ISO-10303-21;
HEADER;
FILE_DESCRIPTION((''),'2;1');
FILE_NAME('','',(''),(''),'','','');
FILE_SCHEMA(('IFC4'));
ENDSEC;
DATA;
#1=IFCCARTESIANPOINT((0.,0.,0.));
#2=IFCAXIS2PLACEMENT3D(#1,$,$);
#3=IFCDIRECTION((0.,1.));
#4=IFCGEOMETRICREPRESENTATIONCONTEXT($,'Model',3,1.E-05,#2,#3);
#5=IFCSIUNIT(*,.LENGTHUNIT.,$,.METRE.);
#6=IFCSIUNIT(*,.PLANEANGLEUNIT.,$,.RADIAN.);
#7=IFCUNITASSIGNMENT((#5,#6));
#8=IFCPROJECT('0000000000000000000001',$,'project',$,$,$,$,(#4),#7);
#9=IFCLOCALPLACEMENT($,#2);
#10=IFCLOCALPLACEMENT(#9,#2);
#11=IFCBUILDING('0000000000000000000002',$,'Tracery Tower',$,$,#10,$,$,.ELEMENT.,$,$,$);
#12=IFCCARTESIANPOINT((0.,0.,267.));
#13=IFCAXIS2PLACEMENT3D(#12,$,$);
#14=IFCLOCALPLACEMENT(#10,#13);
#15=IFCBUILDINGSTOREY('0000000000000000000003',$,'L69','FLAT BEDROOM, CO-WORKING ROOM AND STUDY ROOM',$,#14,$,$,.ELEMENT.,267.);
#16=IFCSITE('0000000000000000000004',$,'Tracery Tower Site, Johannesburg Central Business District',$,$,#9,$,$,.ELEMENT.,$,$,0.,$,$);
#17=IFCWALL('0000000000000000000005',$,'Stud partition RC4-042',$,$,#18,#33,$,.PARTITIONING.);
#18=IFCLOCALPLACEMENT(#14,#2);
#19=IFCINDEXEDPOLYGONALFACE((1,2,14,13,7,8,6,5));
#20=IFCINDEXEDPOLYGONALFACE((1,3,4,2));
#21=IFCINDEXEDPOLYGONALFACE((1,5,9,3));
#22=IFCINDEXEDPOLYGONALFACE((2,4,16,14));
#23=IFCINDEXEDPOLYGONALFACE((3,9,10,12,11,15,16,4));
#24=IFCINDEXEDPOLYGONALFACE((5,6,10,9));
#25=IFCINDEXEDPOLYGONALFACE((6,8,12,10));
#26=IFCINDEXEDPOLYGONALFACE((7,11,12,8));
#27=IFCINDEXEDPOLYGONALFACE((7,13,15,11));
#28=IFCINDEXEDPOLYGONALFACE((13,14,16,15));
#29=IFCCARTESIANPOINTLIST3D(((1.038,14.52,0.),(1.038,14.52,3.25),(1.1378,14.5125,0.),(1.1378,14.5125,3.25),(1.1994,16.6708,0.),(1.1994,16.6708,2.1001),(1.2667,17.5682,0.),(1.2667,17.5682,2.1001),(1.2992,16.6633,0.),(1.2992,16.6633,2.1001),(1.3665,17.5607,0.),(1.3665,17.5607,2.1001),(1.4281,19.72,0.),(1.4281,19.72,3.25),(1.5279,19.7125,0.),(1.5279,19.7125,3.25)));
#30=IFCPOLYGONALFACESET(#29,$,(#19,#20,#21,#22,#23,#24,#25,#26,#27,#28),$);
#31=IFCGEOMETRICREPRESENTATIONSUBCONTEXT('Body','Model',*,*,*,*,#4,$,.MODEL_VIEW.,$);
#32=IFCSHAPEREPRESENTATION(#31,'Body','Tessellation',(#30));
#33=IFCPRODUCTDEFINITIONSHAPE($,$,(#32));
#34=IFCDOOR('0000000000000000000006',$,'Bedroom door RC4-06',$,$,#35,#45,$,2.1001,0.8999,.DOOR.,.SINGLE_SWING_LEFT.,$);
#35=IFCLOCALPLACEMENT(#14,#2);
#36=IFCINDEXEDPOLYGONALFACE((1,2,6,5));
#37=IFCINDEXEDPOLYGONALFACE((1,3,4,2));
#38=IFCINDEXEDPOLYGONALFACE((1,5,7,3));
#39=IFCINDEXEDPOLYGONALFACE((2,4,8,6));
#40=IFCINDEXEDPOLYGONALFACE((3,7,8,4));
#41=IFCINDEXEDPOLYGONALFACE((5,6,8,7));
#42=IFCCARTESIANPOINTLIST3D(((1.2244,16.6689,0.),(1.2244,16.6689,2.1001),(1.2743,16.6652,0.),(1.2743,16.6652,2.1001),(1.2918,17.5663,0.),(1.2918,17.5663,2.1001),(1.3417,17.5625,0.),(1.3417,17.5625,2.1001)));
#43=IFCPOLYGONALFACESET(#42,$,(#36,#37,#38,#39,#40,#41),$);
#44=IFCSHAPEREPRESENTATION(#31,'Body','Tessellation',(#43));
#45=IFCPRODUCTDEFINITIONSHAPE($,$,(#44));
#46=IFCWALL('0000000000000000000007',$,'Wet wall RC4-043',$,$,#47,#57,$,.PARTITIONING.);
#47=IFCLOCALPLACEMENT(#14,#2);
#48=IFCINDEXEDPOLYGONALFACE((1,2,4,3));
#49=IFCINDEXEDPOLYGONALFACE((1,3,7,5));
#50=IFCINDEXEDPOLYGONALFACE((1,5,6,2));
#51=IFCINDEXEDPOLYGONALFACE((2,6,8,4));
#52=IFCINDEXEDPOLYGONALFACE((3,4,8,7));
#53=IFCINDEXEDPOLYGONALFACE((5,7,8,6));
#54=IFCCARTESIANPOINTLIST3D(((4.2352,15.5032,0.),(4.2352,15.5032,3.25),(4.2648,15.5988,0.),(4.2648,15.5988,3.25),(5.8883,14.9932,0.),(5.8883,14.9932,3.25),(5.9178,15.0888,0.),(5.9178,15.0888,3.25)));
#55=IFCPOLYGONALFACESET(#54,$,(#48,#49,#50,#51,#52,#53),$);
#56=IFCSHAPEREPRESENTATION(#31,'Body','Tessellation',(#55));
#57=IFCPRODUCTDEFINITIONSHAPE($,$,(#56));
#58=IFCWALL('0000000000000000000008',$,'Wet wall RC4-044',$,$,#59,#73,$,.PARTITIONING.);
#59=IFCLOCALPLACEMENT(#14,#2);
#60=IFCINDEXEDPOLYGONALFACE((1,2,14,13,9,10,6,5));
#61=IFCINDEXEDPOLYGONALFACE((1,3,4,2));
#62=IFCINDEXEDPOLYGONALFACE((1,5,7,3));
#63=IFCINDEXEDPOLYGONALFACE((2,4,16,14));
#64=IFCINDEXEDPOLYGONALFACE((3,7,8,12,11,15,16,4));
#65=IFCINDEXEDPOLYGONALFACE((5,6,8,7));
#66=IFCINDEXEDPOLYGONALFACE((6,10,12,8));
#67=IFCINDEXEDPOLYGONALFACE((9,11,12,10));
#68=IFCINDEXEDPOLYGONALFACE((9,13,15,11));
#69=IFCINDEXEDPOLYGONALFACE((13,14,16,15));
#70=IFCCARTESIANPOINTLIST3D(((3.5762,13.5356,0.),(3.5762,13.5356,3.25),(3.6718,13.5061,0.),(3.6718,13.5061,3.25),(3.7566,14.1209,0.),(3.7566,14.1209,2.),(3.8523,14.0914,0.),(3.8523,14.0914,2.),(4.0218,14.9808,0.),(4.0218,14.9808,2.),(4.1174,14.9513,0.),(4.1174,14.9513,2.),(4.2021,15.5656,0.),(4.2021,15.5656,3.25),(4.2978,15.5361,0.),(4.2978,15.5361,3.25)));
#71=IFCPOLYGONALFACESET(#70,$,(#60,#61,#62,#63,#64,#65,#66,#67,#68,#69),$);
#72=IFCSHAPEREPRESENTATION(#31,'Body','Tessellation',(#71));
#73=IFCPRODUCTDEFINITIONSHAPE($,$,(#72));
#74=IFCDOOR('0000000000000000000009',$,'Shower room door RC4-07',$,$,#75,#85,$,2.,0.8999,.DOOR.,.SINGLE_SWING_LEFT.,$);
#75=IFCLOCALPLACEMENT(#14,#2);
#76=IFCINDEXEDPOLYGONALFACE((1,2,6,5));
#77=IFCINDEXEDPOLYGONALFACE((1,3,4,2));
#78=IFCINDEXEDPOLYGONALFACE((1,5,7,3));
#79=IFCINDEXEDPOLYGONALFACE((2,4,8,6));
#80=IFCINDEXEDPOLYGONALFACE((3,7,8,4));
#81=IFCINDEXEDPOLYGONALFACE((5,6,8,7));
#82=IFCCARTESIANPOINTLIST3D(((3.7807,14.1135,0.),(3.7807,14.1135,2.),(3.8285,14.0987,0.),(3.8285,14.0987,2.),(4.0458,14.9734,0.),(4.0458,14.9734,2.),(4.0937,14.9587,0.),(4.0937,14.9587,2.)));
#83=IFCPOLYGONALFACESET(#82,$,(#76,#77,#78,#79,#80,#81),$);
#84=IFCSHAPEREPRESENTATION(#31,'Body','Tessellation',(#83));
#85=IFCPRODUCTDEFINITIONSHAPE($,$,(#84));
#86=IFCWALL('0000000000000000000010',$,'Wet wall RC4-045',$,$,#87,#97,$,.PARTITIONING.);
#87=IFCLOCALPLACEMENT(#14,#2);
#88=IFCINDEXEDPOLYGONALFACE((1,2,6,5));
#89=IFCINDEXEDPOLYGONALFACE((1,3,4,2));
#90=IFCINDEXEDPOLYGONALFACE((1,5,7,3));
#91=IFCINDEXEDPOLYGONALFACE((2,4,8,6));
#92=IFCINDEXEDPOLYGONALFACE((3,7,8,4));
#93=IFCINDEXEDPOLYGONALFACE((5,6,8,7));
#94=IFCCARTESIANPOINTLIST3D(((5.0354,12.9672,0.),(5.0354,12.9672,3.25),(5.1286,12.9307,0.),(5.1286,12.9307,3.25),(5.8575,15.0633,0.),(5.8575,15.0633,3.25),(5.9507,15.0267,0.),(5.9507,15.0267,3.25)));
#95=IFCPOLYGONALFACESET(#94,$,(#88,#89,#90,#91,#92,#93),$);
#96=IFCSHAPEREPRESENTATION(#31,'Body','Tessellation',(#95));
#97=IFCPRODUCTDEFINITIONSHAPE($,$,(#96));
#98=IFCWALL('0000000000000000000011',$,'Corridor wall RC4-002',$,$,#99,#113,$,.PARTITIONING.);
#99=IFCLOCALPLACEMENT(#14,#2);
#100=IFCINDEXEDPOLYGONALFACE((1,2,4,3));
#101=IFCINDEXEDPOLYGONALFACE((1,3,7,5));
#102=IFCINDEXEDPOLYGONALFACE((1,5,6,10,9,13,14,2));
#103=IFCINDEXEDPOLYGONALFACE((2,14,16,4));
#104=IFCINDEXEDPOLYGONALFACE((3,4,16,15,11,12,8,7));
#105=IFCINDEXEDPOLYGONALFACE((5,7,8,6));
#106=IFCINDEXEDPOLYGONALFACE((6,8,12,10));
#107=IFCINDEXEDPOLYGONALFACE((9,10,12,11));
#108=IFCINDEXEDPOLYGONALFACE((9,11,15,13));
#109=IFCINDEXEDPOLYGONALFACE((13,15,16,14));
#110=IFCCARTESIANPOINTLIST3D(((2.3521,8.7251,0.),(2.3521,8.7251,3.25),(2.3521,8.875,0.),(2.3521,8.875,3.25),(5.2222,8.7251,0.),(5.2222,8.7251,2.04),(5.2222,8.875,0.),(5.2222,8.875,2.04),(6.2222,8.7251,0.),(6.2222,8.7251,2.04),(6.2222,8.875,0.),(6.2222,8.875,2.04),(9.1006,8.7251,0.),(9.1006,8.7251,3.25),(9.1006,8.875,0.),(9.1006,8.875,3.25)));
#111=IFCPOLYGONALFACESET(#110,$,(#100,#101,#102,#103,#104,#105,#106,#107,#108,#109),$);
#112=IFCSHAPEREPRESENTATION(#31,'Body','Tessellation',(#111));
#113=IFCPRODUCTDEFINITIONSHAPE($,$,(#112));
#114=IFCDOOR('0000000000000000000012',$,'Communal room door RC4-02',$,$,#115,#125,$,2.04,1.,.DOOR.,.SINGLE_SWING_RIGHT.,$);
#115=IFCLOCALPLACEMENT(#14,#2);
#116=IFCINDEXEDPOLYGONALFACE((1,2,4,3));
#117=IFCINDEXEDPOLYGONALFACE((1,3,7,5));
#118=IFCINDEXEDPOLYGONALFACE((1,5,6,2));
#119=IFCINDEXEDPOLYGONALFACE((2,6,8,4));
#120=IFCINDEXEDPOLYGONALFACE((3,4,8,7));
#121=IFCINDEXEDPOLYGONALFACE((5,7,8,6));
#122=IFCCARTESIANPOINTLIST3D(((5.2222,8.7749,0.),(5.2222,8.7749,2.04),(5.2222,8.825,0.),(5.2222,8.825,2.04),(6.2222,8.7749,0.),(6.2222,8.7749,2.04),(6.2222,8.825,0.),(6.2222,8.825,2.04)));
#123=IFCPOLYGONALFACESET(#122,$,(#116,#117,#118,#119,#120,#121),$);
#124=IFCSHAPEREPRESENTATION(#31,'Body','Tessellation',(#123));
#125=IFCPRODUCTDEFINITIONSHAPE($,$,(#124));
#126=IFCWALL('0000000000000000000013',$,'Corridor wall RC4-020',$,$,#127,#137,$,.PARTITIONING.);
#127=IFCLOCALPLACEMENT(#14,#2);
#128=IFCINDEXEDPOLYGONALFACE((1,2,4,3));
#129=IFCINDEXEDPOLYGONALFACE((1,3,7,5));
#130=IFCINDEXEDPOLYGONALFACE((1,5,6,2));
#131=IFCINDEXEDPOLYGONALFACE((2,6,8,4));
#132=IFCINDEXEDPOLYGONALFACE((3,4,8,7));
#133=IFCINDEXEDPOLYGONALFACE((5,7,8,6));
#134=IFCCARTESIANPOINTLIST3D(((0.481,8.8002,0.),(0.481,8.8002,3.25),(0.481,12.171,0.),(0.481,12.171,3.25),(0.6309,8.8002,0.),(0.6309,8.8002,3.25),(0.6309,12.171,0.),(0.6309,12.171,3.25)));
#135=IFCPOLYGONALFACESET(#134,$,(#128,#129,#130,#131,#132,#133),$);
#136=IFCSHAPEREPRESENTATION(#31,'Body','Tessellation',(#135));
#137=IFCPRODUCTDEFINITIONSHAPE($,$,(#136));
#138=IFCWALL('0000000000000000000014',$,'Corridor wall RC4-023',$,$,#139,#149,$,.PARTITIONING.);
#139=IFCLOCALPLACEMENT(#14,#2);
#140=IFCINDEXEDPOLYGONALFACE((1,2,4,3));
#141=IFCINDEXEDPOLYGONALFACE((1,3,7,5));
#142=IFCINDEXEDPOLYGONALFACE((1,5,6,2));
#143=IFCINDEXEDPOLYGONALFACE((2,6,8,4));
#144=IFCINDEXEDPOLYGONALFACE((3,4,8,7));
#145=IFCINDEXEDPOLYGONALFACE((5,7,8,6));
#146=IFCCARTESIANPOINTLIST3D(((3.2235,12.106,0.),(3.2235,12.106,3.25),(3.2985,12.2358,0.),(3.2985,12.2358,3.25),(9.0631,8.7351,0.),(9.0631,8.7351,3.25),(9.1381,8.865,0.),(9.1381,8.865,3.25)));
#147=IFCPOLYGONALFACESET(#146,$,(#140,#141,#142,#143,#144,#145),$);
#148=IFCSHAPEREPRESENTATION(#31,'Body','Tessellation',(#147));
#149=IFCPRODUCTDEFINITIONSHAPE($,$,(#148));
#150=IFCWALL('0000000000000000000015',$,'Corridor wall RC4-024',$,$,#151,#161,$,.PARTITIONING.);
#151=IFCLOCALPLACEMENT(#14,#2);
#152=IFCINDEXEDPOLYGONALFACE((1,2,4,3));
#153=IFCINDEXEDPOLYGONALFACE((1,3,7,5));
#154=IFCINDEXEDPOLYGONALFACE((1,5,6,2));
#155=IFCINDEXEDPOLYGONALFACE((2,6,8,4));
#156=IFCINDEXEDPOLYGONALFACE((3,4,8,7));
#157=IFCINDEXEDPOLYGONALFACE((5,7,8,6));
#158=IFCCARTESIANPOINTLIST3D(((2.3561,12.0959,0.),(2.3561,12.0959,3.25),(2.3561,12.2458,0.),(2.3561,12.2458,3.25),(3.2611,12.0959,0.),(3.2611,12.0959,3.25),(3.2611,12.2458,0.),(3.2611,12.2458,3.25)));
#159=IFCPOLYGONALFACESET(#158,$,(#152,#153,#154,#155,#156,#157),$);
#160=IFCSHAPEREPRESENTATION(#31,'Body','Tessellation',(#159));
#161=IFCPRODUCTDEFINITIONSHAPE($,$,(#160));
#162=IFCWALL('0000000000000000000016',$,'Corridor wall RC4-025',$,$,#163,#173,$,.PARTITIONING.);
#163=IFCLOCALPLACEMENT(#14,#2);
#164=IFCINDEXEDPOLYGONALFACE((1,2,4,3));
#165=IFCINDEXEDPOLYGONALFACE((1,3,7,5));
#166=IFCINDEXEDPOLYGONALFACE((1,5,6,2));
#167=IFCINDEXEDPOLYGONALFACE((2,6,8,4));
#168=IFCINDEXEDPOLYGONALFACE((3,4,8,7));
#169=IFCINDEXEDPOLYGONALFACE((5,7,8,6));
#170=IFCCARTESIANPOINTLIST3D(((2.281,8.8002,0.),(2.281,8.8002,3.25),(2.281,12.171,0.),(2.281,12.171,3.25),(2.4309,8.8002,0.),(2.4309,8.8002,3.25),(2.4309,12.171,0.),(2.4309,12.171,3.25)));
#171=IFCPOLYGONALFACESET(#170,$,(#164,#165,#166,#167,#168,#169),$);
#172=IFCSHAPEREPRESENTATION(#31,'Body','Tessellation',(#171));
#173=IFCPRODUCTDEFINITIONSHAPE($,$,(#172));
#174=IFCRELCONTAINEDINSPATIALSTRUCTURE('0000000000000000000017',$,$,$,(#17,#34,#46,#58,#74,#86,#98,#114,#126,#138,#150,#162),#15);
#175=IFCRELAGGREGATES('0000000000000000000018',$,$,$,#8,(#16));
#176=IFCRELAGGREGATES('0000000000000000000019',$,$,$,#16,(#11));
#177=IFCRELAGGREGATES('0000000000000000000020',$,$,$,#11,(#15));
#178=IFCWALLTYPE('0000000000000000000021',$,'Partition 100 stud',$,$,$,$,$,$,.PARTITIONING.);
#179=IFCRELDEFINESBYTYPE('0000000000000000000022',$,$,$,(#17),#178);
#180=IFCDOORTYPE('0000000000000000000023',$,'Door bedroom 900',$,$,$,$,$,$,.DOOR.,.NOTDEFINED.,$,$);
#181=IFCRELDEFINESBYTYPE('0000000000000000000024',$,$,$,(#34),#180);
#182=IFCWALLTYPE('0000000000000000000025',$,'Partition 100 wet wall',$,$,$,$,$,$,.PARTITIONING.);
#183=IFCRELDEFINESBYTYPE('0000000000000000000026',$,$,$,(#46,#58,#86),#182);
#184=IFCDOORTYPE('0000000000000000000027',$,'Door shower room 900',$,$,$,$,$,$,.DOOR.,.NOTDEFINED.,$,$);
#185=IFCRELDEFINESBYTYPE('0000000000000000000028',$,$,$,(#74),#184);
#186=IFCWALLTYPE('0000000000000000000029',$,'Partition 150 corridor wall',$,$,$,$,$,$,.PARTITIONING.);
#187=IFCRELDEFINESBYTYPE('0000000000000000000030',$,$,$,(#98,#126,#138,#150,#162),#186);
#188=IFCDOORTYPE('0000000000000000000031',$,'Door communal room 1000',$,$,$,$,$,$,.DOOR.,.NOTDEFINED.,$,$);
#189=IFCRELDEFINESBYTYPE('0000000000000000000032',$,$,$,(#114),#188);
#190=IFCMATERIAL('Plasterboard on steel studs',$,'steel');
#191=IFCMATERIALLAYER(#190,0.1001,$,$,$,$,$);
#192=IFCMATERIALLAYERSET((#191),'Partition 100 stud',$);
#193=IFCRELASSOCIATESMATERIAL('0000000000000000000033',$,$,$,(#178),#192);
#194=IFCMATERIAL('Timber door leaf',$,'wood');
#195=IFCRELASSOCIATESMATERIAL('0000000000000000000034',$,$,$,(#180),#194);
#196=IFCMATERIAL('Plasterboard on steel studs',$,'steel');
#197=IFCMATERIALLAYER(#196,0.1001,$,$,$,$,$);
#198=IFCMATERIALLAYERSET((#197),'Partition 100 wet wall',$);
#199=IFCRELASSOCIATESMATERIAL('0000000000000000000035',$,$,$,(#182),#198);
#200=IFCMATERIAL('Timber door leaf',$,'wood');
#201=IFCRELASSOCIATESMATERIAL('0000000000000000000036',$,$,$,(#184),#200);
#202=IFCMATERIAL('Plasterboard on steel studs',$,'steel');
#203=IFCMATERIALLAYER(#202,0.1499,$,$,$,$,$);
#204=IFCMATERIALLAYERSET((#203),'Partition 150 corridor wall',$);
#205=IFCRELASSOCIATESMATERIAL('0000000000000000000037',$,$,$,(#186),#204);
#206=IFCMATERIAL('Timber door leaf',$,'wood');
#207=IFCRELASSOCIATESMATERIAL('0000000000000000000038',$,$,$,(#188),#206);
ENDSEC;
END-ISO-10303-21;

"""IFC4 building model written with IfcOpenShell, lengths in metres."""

from ifc_helpers import new_model, si_unit, direction, frame, frame_2d, origin, place, context, subcontext, project, spatial, rectangle, extrude, material, layer, layer_set, type_object, element, fill, save


model = new_model("IFC4")

# Units and contexts
model_context = context("Model", 3, precision=1e-05, world=origin(), true_north=direction((0.0, 1.0)))
body_context = subcontext(model_context, "Body", "Model", "MODEL_VIEW")
ifc_project = project(units=[si_unit("LENGTHUNIT", "METRE"), si_unit("PLANEANGLEUNIT", "RADIAN")], contexts=[model_context])

# Site, building, storey
site_placement = place(None, origin())
site = spatial("IfcSite", under=ifc_project, at=site_placement, Name="Tracery Tower Site, Johannesburg Central Business District", CompositionType="ELEMENT", RefElevation=0.0)
building_placement = place(site_placement, origin())
building = spatial("IfcBuilding", under=site, at=building_placement, Name="Tracery Tower", CompositionType="ELEMENT")
storey_placement = place(building_placement, frame((0.0, 0.0, 267.0)))
storey = spatial("IfcBuildingStorey", under=building, at=storey_placement, Name="L69", Description="FLAT BEDROOM, CO-WORKING ROOM AND STUDY ROOM", CompositionType="ELEMENT", Elevation=267.0)

# Wall, opening, door
ifc_material_1 = material(Name="Plasterboard on steel studs", Category="steel")
ifc_layer_1 = layer(ifc_material_1, 0.1001)
ifc_layer_set_1 = layer_set([ifc_layer_1], Name="Partition 100 stud")
wall_type_1 = type_object("IfcWallType", Name="Partition 100 stud", PredefinedType="PARTITIONING", material=ifc_layer_set_1)
ifc_material_2 = material(Name="Timber door leaf", Category="wood")
door_type_1 = type_object("IfcDoorType", Name="Door bedroom 900", OperationType="NOTDEFINED", PredefinedType="DOOR", material=ifc_material_2)
wall_1_placement = place(storey_placement, frame((1.0879, 14.5161, 0.0), z_axis=(0.0, 0.0, 1.0), x_axis=(0.074817, 0.997197, 0.0)))
wall_1 = element("IfcWall", 1, at=wall_1_placement, inside=storey, type_object=wall_type_1, Name="Stud partition RC4-042", PredefinedType="PARTITIONING", context=body_context, shape_type="SweptSolid", body=[
    extrude(rectangle(XDim=5.2146, YDim=0.1001, at=frame_2d((2.6074, 0.0))), origin(), (0.0, 0.0, 1.0), 3.25),
])
opening_1_placement = place(wall_1_placement, frame((2.157, 0.0, 0.0)))
opening_1 = element("IfcOpeningElement", 2, at=opening_1_placement, cuts=wall_1, PredefinedType="OPENING", context=body_context, shape_type="SweptSolid", body=[
    extrude(rectangle(XDim=0.8999, YDim=2.1001, at=frame_2d((0.45, 1.05))), frame((0.0, 0.05, 0.0), z_axis=(0.0, -1.0, 0.0), x_axis=(1.0, 0.0, 0.0)), (0.0, 0.0, 1.0), 0.1001),
])
door_1_placement = place(opening_1_placement, origin())
door_1 = element("IfcDoor", 3, at=door_1_placement, inside=storey, type_object=door_type_1, Name="Bedroom door RC4-06", OperationType="SINGLE_SWING_LEFT", OverallHeight=2.1001, OverallWidth=0.8999, PredefinedType="DOOR", context=body_context, shape_type="SweptSolid", body=[
    extrude(rectangle(XDim=0.8999, YDim=2.1001, at=frame_2d((0.45, 1.05))), frame((0.0, 0.0249, 0.0), z_axis=(0.0, -1.0, 0.0), x_axis=(1.0, 0.0, 0.0)), (0.0, 0.0, 1.0), 0.05),
])
fill(opening_1, door_1)

# Wall
ifc_material_3 = material(Name="Plasterboard on steel studs", Category="steel")
ifc_layer_2 = layer(ifc_material_3, 0.1001)
ifc_layer_set_2 = layer_set([ifc_layer_2], Name="Partition 100 wet wall")
wall_type_2 = type_object("IfcWallType", Name="Partition 100 wet wall", PredefinedType="PARTITIONING", material=ifc_layer_set_2)
wall_2_placement = place(storey_placement, frame((4.25, 15.551, 0.0), z_axis=(0.0, 0.0, 1.0), x_axis=(0.955556, -0.29481, 0.0)))
element("IfcWall", 4, at=wall_2_placement, inside=storey, type_object=wall_type_2, Name="Wet wall RC4-043", PredefinedType="PARTITIONING", context=body_context, shape_type="SweptSolid", body=[
    extrude(rectangle(XDim=1.73, YDim=0.1001, at=frame_2d((0.865, 0.0))), origin(), (0.0, 0.0, 1.0), 3.25),
])

# Wall, opening, door
wall_3_placement = place(storey_placement, frame((3.624, 13.521, 0.0), z_axis=(0.0, 0.0, 1.0), x_axis=(0.294667, 0.9556, 0.0)))
wall_3 = element("IfcWall", 5, at=wall_3_placement, inside=storey, type_object=wall_type_2, Name="Wet wall RC4-044", PredefinedType="PARTITIONING", context=body_context, shape_type="SweptSolid", body=[
    extrude(rectangle(XDim=2.1243, YDim=0.1001, at=frame_2d((1.062, 0.0))), origin(), (0.0, 0.0, 1.0), 3.25),
])
opening_2_placement = place(wall_3_placement, frame((0.6123, 0.0, 0.0)))
opening_2 = element("IfcOpeningElement", 6, at=opening_2_placement, cuts=wall_3, PredefinedType="OPENING", context=body_context, shape_type="SweptSolid", body=[
    extrude(rectangle(XDim=0.8999, YDim=2.0, at=frame_2d((0.45, 1.0))), frame((0.0, 0.05, 0.0), z_axis=(0.0, -1.0, 0.0), x_axis=(1.0, 0.0, 0.0)), (0.0, 0.0, 1.0), 0.1001),
])
ifc_material_4 = material(Name="Timber door leaf", Category="wood")
door_type_2 = type_object("IfcDoorType", Name="Door shower room 900", OperationType="NOTDEFINED", PredefinedType="DOOR", material=ifc_material_4)
door_2_placement = place(opening_2_placement, origin())
door_2 = element("IfcDoor", 7, at=door_2_placement, inside=storey, type_object=door_type_2, Name="Shower room door RC4-07", OperationType="SINGLE_SWING_LEFT", OverallHeight=2.0, OverallWidth=0.8999, PredefinedType="DOOR", context=body_context, shape_type="SweptSolid", body=[
    extrude(rectangle(XDim=0.8999, YDim=2.0, at=frame_2d((0.45, 1.0))), frame((0.0, 0.0249, 0.0), z_axis=(0.0, -1.0, 0.0), x_axis=(1.0, 0.0, 0.0)), (0.0, 0.0, 1.0), 0.05),
])
fill(opening_2, door_2)

# Wall
wall_4_placement = place(storey_placement, frame((5.082, 12.949, 0.0), z_axis=(0.0, 0.0, 1.0), x_axis=(0.365119, 0.930961, 0.0)))
element("IfcWall", 8, at=wall_4_placement, inside=storey, type_object=wall_type_2, Name="Wet wall RC4-045", PredefinedType="PARTITIONING", context=body_context, shape_type="SweptSolid", body=[
    extrude(rectangle(XDim=2.2515, YDim=0.1001, at=frame_2d((1.1257, 0.0))), origin(), (0.0, 0.0, 1.0), 3.25),
])

# Wall, opening, door
ifc_material_5 = material(Name="Plasterboard on steel studs", Category="steel")
ifc_layer_3 = layer(ifc_material_5, 0.1499)
ifc_layer_set_3 = layer_set([ifc_layer_3], Name="Partition 150 corridor wall")
wall_type_3 = type_object("IfcWallType", Name="Partition 150 corridor wall", PredefinedType="PARTITIONING", material=ifc_layer_set_3)
wall_5_placement = place(storey_placement, frame((2.3521, 8.8, 0.0), z_axis=(0.0, 0.0, 1.0), x_axis=(1.0, 0.0, 0.0)))
wall_5 = element("IfcWall", 9, at=wall_5_placement, inside=storey, type_object=wall_type_3, Name="Corridor wall RC4-002", PredefinedType="PARTITIONING", context=body_context, shape_type="SweptSolid", body=[
    extrude(rectangle(XDim=6.7485, YDim=0.1499, at=frame_2d((3.3743, 0.0))), origin(), (0.0, 0.0, 1.0), 3.25),
])
opening_3_placement = place(wall_5_placement, frame((2.8701, 0.0, 0.0)))
opening_3 = element("IfcOpeningElement", 10, at=opening_3_placement, cuts=wall_5, PredefinedType="OPENING", context=body_context, shape_type="SweptSolid", body=[
    extrude(rectangle(XDim=1.0, YDim=2.04, at=frame_2d((0.5, 1.02))), frame((0.0, 0.075, 0.0), z_axis=(0.0, -1.0, 0.0), x_axis=(1.0, 0.0, 0.0)), (0.0, 0.0, 1.0), 0.1499),
])
ifc_material_6 = material(Name="Timber door leaf", Category="wood")
door_type_3 = type_object("IfcDoorType", Name="Door communal room 1000", OperationType="NOTDEFINED", PredefinedType="DOOR", material=ifc_material_6)
door_3_placement = place(opening_3_placement, origin())
door_3 = element("IfcDoor", 11, at=door_3_placement, inside=storey, type_object=door_type_3, Name="Communal room door RC4-02", OperationType="SINGLE_SWING_RIGHT", OverallHeight=2.04, OverallWidth=1.0, PredefinedType="DOOR", context=body_context, shape_type="SweptSolid", body=[
    extrude(rectangle(XDim=1.0, YDim=2.04, at=frame_2d((0.5, 1.02))), frame((0.0, 0.0249, 0.0), z_axis=(0.0, -1.0, 0.0), x_axis=(1.0, 0.0, 0.0)), (0.0, 0.0, 1.0), 0.05),
])
fill(opening_3, door_3)

# Walls
wall_6_placement = place(storey_placement, frame((0.5559, 8.8, 0.0), z_axis=(0.0, 0.0, 1.0), x_axis=(0.0, 1.0, 0.0)))
element("IfcWall", 12, at=wall_6_placement, inside=storey, type_object=wall_type_3, Name="Corridor wall RC4-020", PredefinedType="PARTITIONING", context=body_context, shape_type="SweptSolid", body=[
    extrude(rectangle(XDim=3.3708, YDim=0.1499, at=frame_2d((1.6855, 0.0))), origin(), (0.0, 0.0, 1.0), 3.25),
])
wall_7_placement = place(storey_placement, frame((3.261, 12.1709, 0.0), z_axis=(0.0, 0.0, 1.0), x_axis=(0.866067, -0.499928, 0.0)))
element("IfcWall", 13, at=wall_7_placement, inside=storey, type_object=wall_type_3, Name="Corridor wall RC4-023", PredefinedType="PARTITIONING", context=body_context, shape_type="SweptSolid", body=[
    extrude(rectangle(XDim=6.7427, YDim=0.1499, at=frame_2d((3.3713, 0.0))), origin(), (0.0, 0.0, 1.0), 3.25),
])
wall_8_placement = place(storey_placement, frame((2.356, 12.1709, 0.0), z_axis=(0.0, 0.0, 1.0), x_axis=(1.0, 0.0, 0.0)))
element("IfcWall", 14, at=wall_8_placement, inside=storey, type_object=wall_type_3, Name="Corridor wall RC4-024", PredefinedType="PARTITIONING", context=body_context, shape_type="SweptSolid", body=[
    extrude(rectangle(XDim=0.905, YDim=0.1499, at=frame_2d((0.4526, 0.0))), origin(), (0.0, 0.0, 1.0), 3.25),
])
wall_9_placement = place(storey_placement, frame((2.356, 8.8, 0.0), z_axis=(0.0, 0.0, 1.0), x_axis=(0.0, 1.0, 0.0)))
element("IfcWall", 15, at=wall_9_placement, inside=storey, type_object=wall_type_3, Name="Corridor wall RC4-025", PredefinedType="PARTITIONING", context=body_context, shape_type="SweptSolid", body=[
    extrude(rectangle(XDim=3.3708, YDim=0.1499, at=frame_2d((1.6855, 0.0))), origin(), (0.0, 0.0, 1.0), 3.25),
])

save(model, "model.ifc")
